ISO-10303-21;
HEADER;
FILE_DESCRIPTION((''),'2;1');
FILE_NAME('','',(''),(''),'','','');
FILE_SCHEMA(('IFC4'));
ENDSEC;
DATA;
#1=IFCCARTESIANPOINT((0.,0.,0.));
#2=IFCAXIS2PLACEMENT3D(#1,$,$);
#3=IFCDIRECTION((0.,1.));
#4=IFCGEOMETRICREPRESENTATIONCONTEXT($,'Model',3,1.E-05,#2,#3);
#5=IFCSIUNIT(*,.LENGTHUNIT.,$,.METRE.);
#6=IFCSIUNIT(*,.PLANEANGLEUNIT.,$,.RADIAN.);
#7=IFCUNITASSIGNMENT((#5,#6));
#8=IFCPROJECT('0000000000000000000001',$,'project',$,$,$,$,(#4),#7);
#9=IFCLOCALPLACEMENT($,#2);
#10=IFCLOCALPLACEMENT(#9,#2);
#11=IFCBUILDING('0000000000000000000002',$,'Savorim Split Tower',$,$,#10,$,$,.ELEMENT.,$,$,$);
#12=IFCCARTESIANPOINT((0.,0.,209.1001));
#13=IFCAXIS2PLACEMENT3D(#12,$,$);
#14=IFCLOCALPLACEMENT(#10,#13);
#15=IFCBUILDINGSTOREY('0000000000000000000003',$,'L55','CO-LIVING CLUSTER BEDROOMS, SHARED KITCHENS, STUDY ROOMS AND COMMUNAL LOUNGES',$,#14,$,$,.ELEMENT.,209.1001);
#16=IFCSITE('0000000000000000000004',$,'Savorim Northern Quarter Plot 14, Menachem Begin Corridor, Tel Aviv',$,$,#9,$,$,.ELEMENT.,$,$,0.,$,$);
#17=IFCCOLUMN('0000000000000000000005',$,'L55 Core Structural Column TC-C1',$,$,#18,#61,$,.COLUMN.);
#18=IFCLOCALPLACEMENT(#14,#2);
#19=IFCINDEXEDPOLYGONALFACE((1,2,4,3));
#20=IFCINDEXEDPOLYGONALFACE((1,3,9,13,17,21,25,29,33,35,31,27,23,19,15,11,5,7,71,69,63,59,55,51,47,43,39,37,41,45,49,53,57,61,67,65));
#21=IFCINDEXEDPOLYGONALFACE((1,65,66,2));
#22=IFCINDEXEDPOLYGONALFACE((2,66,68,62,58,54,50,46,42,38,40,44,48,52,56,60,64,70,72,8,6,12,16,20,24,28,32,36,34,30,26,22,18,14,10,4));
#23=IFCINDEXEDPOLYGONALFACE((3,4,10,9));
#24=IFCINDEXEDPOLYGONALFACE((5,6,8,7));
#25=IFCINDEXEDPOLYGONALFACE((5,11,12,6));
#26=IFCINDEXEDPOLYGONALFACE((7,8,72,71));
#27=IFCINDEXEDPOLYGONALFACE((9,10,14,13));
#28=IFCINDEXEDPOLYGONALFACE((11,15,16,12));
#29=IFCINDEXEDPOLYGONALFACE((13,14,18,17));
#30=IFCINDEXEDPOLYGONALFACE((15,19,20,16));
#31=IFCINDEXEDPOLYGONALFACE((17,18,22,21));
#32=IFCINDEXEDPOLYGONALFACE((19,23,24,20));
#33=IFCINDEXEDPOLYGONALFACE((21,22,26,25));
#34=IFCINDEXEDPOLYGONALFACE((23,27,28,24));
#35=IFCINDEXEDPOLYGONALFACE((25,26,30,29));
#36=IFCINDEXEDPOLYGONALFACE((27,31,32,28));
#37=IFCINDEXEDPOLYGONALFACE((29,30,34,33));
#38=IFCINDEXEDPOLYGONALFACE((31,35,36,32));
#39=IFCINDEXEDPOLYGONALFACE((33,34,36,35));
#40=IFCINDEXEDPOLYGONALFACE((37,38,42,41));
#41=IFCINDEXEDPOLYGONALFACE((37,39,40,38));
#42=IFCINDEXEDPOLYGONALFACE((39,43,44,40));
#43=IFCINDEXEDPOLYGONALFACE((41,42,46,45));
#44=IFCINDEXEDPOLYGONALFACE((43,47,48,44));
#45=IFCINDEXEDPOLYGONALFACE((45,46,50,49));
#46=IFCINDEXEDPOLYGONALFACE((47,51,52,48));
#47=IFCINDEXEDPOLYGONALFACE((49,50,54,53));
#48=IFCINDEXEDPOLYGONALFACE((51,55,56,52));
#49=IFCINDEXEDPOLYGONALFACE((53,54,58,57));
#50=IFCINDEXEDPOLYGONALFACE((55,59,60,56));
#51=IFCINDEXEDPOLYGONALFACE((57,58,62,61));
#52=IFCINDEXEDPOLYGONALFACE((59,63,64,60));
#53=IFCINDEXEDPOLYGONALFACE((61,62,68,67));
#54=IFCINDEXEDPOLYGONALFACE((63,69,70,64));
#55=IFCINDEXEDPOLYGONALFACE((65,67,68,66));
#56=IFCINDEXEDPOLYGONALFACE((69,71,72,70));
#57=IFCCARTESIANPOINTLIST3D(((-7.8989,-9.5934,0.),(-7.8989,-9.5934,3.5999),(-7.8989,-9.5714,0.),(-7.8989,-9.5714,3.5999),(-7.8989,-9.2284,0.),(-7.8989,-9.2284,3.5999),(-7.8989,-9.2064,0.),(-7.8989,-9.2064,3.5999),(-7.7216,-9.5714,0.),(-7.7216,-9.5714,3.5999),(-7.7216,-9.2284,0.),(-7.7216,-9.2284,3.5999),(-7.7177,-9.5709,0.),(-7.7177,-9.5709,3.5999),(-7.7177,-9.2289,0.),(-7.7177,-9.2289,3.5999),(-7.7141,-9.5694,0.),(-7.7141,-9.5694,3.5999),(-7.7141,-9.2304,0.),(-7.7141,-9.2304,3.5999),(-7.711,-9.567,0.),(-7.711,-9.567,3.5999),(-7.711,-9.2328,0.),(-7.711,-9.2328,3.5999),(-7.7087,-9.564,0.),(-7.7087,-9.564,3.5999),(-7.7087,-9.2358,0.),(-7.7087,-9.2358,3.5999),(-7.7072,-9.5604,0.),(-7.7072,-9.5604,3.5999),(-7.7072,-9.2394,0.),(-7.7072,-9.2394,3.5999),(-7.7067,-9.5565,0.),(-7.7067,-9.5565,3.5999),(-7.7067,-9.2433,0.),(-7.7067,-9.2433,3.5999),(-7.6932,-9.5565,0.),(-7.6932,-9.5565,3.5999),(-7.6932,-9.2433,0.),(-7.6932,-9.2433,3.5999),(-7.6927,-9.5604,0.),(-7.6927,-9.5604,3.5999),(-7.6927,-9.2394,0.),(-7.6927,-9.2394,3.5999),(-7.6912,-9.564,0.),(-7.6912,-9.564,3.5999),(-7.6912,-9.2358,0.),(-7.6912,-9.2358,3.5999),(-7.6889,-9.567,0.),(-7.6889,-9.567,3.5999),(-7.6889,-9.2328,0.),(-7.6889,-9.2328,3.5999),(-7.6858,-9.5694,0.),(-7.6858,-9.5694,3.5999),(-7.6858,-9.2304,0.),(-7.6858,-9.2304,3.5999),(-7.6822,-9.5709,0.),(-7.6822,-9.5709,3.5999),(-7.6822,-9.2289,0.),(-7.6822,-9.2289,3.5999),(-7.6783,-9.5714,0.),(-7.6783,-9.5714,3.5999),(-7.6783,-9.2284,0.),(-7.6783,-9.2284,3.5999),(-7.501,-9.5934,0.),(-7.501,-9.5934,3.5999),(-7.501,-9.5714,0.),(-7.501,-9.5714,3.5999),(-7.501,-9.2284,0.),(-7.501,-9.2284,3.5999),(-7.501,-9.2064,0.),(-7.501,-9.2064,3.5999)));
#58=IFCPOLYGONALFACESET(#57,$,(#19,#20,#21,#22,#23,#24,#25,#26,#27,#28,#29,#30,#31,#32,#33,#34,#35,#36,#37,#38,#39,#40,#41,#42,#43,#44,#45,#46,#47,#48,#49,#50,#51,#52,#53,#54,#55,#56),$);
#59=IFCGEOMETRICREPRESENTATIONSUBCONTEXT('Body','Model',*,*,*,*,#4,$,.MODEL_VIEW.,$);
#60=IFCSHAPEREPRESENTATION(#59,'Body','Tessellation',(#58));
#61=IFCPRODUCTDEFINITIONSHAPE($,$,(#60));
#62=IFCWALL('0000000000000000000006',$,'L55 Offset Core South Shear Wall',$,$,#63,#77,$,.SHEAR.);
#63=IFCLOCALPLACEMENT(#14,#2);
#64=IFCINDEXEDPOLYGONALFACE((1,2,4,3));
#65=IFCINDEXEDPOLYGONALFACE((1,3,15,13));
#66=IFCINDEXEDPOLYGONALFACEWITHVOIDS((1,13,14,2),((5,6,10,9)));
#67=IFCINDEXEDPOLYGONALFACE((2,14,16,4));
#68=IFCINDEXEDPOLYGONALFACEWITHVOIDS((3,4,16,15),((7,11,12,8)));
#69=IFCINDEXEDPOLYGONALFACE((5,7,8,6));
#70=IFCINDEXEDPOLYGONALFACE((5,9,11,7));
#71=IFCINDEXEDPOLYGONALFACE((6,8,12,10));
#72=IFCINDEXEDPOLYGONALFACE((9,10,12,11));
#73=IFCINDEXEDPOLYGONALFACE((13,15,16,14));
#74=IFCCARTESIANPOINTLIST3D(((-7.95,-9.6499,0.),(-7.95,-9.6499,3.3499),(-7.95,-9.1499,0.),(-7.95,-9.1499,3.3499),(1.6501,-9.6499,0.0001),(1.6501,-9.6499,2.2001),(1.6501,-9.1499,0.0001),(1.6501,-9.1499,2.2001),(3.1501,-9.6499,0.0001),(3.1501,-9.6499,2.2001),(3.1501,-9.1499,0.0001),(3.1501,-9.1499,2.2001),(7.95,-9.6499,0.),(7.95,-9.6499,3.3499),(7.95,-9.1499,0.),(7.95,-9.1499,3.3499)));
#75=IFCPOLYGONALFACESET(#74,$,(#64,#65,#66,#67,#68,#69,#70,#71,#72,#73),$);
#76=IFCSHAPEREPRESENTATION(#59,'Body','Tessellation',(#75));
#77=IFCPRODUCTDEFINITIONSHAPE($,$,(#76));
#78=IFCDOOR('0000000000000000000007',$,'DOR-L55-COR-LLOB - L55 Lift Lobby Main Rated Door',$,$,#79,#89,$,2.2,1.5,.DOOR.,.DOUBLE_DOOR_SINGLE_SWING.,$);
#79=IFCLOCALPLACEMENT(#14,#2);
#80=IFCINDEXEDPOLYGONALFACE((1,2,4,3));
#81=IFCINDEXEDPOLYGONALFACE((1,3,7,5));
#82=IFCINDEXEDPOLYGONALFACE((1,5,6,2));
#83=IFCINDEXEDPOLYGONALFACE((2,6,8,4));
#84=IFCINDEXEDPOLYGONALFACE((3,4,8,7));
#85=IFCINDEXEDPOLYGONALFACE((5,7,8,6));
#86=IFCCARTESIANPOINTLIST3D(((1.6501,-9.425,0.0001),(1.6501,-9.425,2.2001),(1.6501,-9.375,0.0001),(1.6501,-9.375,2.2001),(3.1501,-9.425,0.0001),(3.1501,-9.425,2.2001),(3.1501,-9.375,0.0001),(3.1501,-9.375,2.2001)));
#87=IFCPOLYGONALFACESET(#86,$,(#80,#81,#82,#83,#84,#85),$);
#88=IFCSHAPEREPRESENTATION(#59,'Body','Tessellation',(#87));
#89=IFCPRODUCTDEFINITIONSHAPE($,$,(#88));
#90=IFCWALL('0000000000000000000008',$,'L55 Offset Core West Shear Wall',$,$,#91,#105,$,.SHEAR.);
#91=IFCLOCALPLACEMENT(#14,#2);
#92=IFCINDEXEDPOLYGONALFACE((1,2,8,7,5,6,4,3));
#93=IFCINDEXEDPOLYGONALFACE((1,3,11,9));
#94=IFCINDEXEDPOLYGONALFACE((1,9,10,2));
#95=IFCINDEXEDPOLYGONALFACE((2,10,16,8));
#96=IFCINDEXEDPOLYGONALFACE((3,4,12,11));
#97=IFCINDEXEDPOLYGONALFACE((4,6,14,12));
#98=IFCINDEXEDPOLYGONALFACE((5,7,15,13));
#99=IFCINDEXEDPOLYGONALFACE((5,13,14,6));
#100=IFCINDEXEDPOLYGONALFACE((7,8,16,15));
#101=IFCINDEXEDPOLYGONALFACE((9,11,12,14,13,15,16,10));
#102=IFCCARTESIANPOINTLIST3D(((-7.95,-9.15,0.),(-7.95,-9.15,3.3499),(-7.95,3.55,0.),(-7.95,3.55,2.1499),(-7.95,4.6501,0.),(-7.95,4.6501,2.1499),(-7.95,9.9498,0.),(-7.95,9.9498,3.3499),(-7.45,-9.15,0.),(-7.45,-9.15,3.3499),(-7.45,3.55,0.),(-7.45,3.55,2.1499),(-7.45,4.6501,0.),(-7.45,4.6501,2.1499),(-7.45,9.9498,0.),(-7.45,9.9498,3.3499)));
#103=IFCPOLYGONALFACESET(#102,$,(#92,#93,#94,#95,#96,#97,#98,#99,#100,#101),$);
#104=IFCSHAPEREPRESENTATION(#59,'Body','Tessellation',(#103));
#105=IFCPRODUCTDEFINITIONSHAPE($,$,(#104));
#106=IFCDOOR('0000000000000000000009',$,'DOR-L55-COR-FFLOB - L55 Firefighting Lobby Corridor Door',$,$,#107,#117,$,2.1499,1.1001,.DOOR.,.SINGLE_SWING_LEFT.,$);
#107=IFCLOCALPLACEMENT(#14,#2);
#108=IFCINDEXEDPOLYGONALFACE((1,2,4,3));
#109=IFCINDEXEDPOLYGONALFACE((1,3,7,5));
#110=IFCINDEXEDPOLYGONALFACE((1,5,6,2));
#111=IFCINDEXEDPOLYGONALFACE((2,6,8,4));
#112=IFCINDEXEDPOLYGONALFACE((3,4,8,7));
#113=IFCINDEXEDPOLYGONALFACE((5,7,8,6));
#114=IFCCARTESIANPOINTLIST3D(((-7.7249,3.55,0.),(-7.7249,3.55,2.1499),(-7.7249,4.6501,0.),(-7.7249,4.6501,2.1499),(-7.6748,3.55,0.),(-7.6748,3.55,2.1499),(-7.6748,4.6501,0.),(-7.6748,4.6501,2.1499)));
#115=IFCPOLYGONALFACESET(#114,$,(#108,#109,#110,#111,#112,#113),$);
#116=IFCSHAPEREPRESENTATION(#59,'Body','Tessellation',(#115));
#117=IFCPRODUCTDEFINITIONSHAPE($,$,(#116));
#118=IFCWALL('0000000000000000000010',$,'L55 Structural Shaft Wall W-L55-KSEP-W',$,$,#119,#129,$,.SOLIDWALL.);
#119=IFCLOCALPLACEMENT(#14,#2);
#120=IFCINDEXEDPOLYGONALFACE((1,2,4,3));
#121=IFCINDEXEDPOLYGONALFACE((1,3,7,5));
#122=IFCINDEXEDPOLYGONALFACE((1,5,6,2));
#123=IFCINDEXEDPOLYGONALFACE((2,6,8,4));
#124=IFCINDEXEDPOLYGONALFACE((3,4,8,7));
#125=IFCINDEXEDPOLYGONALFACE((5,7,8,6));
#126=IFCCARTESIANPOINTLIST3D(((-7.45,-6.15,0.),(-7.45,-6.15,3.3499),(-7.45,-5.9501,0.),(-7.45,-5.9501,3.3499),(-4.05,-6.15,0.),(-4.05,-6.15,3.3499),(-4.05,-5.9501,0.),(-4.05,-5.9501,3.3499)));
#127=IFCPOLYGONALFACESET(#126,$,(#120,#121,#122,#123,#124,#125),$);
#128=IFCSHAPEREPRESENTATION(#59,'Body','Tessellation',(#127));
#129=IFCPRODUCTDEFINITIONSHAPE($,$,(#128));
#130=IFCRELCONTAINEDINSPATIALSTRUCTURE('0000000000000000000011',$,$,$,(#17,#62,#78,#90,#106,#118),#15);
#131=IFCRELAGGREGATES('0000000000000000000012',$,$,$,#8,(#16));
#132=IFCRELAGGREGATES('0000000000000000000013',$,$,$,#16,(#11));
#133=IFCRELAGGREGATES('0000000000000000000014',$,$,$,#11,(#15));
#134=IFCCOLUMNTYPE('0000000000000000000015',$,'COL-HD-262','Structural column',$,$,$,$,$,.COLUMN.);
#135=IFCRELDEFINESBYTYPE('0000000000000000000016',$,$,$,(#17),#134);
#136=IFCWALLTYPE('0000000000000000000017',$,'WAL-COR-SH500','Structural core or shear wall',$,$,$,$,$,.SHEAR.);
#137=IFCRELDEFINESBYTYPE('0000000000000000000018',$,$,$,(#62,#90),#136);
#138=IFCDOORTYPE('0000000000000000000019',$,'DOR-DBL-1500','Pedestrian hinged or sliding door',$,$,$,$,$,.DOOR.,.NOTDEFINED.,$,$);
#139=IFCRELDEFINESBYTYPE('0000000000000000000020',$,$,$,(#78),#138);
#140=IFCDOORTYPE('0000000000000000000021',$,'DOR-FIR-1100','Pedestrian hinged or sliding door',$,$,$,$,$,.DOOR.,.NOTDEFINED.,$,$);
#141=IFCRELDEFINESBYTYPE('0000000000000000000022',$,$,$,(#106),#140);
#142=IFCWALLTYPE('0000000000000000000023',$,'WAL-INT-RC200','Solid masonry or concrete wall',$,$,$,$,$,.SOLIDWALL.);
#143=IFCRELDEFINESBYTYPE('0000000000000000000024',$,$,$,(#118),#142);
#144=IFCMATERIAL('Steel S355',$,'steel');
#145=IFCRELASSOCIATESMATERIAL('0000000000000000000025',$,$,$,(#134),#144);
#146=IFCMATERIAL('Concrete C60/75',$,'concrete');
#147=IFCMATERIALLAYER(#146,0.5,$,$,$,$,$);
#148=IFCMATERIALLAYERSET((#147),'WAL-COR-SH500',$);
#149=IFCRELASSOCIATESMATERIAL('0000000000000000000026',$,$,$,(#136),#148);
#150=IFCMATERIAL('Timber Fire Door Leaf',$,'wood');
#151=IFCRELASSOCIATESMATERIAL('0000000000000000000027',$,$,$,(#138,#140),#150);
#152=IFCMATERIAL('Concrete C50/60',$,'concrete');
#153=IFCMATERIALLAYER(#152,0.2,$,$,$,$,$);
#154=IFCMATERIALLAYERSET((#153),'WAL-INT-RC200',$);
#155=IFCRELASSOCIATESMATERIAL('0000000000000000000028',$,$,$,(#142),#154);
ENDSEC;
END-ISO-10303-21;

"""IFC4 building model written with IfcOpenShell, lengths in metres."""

from ifc_helpers import new_model, si_unit, direction, frame, frame_2d, origin, origin_2d, place, context, subcontext, project, spatial, rectangle, i_section, extrude, material, layer, layer_set, material_profile, profile_set, type_object, element, fill, save


model = new_model("IFC4")

# Units and contexts
model_context = context("Model", 3, precision=1e-05, world=origin(), true_north=direction((0.0, 1.0)))
body_context = subcontext(model_context, "Body", "Model", "MODEL_VIEW")
ifc_project = project(units=[si_unit("LENGTHUNIT", "METRE"), si_unit("PLANEANGLEUNIT", "RADIAN")], contexts=[model_context])

# Site, building, storey
site_placement = place(None, origin())
site = spatial("IfcSite", under=ifc_project, at=site_placement, Name="Savorim Northern Quarter Plot 14, Menachem Begin Corridor, Tel Aviv", CompositionType="ELEMENT", RefElevation=0.0)
building_placement = place(site_placement, origin())
building = spatial("IfcBuilding", under=site, at=building_placement, Name="Savorim Split Tower", CompositionType="ELEMENT")
storey_placement = place(building_placement, frame((0.0, 0.0, 209.1001)))
storey = spatial("IfcBuildingStorey", under=building, at=storey_placement, Name="L55", Description="CO-LIVING CLUSTER BEDROOMS, SHARED KITCHENS, STUDY ROOMS AND COMMUNAL LOUNGES", CompositionType="ELEMENT", Elevation=209.1001)

# Column
ifc_material_1 = material(Name="Steel S355", Category="steel")
ifc_material_profile = material_profile(ifc_material_1, i_section(OverallWidth=0.3979, OverallDepth=0.387, WebThickness=0.0134, FlangeThickness=0.022, FilletRadius=0.0149, at=origin_2d()), Name="HD 400x262")
ifc_profile_set = profile_set([ifc_material_profile], Name="Steel S355")
column_type = type_object("IfcColumnType", Name="COL-HD-262", Description="Structural column", PredefinedType="COLUMN", material=ifc_profile_set)
column_placement = place(storey_placement, frame((-7.7, -9.3999, 0.0), z_axis=(0.0, 0.0, 1.0), x_axis=(1.0, 0.0, 0.0)))
element("IfcColumn", 1, at=column_placement, inside=storey, type_object=column_type, Name="L55 Core Structural Column TC-C1", PredefinedType="COLUMN", context=body_context, shape_type="SweptSolid", body=[
    extrude(i_section(OverallWidth=0.3979, OverallDepth=0.387, WebThickness=0.0134, FlangeThickness=0.022, FilletRadius=0.0149, at=origin_2d()), origin(), (0.0, 0.0, 1.0), 3.5999),
])

# Walls, openings, doors
ifc_material_2 = material(Name="Concrete C60/75", Category="concrete")
ifc_layer_1 = layer(ifc_material_2, 0.5)
ifc_layer_set_1 = layer_set([ifc_layer_1], Name="WAL-COR-SH500")
wall_type_1 = type_object("IfcWallType", Name="WAL-COR-SH500", Description="Structural core or shear wall", PredefinedType="SHEAR", material=ifc_layer_set_1)
wall_1_placement = place(storey_placement, frame((-7.95, -9.3999, 0.0), z_axis=(0.0, 0.0, 1.0), x_axis=(1.0, 0.0, 0.0)))
wall_1 = element("IfcWall", 2, at=wall_1_placement, inside=storey, type_object=wall_type_1, Name="L55 Offset Core South Shear Wall", PredefinedType="SHEAR", context=body_context, shape_type="SweptSolid", body=[
    extrude(rectangle(XDim=15.8999, YDim=0.5, at=frame_2d((7.95, 0.0))), origin(), (0.0, 0.0, 1.0), 3.3499),
])
opening_1_placement = place(wall_1_placement, frame((9.6001, 0.0, 0.0)))
opening_1 = element("IfcOpeningElement", 3, at=opening_1_placement, cuts=wall_1, PredefinedType="OPENING", context=body_context, shape_type="SweptSolid", body=[
    extrude(rectangle(XDim=1.5, YDim=2.2, at=frame_2d((0.75, 1.1001))), frame((0.0, 0.26, 0.0), z_axis=(0.0, -1.0, 0.0), x_axis=(1.0, 0.0, 0.0)), (0.0, 0.0, 1.0), 0.52),
])
ifc_material_3 = material(Name="Timber Fire Door Leaf", Category="wood")
door_type_1 = type_object("IfcDoorType", Name="DOR-DBL-1500", Description="Pedestrian hinged or sliding door", OperationType="NOTDEFINED", PredefinedType="DOOR", material=ifc_material_3)
door_1_placement = place(opening_1_placement, origin())
door_1 = element("IfcDoor", 4, at=door_1_placement, inside=storey, type_object=door_type_1, Name="DOR-L55-COR-LLOB - L55 Lift Lobby Main Rated Door", OperationType="DOUBLE_DOOR_SINGLE_SWING", OverallHeight=2.2, OverallWidth=1.5, PredefinedType="DOOR", context=body_context, shape_type="SweptSolid", body=[
    extrude(rectangle(XDim=1.5, YDim=2.2, at=frame_2d((0.75, 1.1001))), frame((0.0, 0.0249, 0.0), z_axis=(0.0, -1.0, 0.0), x_axis=(1.0, 0.0, 0.0)), (0.0, 0.0, 1.0), 0.05),
])
fill(opening_1, door_1)
wall_2_placement = place(storey_placement, frame((-7.7, -9.1499, 0.0), z_axis=(0.0, 0.0, 1.0), x_axis=(0.0, 1.0, 0.0)))
wall_2 = element("IfcWall", 5, at=wall_2_placement, inside=storey, type_object=wall_type_1, Name="L55 Offset Core West Shear Wall", PredefinedType="SHEAR", context=body_context, shape_type="SweptSolid", body=[
    extrude(rectangle(XDim=19.0999, YDim=0.5, at=frame_2d((9.5498, 0.0))), origin(), (0.0, 0.0, 1.0), 3.3499),
])
opening_2_placement = place(wall_2_placement, frame((12.7, 0.0, 0.0)))
opening_2 = element("IfcOpeningElement", 6, at=opening_2_placement, cuts=wall_2, PredefinedType="OPENING", context=body_context, shape_type="SweptSolid", body=[
    extrude(rectangle(XDim=1.1001, YDim=2.1499, at=frame_2d((0.55, 1.075))), frame((0.0, 0.26, 0.0), z_axis=(0.0, -1.0, 0.0), x_axis=(1.0, 0.0, 0.0)), (0.0, 0.0, 1.0), 0.52),
])
door_type_2 = type_object("IfcDoorType", Name="DOR-FIR-1100", Description="Pedestrian hinged or sliding door", OperationType="NOTDEFINED", PredefinedType="DOOR", material=ifc_material_3)
door_2_placement = place(opening_2_placement, origin())
door_2 = element("IfcDoor", 7, at=door_2_placement, inside=storey, type_object=door_type_2, Name="DOR-L55-COR-FFLOB - L55 Firefighting Lobby Corridor Door", OperationType="SINGLE_SWING_LEFT", OverallHeight=2.1499, OverallWidth=1.1001, PredefinedType="DOOR", context=body_context, shape_type="SweptSolid", body=[
    extrude(rectangle(XDim=1.1001, YDim=2.1499, at=frame_2d((0.55, 1.075))), frame((0.0, 0.0249, 0.0), z_axis=(0.0, -1.0, 0.0), x_axis=(1.0, 0.0, 0.0)), (0.0, 0.0, 1.0), 0.05),
])
fill(opening_2, door_2)

# Wall
ifc_material_4 = material(Name="Concrete C50/60", Category="concrete")
ifc_layer_2 = layer(ifc_material_4, 0.2)
ifc_layer_set_2 = layer_set([ifc_layer_2], Name="WAL-INT-RC200")
wall_type_2 = type_object("IfcWallType", Name="WAL-INT-RC200", Description="Solid masonry or concrete wall", PredefinedType="SOLIDWALL", material=ifc_layer_set_2)
wall_3_placement = place(storey_placement, frame((-7.45, -6.05, 0.0), z_axis=(0.0, 0.0, 1.0), x_axis=(1.0, 0.0, 0.0)))
element("IfcWall", 8, at=wall_3_placement, inside=storey, type_object=wall_type_2, Name="L55 Structural Shaft Wall W-L55-KSEP-W", PredefinedType="SOLIDWALL", context=body_context, shape_type="SweptSolid", body=[
    extrude(rectangle(XDim=3.3999, YDim=0.2, at=frame_2d((1.7, 0.0))), origin(), (0.0, 0.0, 1.0), 3.3499),
])

save(model, "model.ifc")
